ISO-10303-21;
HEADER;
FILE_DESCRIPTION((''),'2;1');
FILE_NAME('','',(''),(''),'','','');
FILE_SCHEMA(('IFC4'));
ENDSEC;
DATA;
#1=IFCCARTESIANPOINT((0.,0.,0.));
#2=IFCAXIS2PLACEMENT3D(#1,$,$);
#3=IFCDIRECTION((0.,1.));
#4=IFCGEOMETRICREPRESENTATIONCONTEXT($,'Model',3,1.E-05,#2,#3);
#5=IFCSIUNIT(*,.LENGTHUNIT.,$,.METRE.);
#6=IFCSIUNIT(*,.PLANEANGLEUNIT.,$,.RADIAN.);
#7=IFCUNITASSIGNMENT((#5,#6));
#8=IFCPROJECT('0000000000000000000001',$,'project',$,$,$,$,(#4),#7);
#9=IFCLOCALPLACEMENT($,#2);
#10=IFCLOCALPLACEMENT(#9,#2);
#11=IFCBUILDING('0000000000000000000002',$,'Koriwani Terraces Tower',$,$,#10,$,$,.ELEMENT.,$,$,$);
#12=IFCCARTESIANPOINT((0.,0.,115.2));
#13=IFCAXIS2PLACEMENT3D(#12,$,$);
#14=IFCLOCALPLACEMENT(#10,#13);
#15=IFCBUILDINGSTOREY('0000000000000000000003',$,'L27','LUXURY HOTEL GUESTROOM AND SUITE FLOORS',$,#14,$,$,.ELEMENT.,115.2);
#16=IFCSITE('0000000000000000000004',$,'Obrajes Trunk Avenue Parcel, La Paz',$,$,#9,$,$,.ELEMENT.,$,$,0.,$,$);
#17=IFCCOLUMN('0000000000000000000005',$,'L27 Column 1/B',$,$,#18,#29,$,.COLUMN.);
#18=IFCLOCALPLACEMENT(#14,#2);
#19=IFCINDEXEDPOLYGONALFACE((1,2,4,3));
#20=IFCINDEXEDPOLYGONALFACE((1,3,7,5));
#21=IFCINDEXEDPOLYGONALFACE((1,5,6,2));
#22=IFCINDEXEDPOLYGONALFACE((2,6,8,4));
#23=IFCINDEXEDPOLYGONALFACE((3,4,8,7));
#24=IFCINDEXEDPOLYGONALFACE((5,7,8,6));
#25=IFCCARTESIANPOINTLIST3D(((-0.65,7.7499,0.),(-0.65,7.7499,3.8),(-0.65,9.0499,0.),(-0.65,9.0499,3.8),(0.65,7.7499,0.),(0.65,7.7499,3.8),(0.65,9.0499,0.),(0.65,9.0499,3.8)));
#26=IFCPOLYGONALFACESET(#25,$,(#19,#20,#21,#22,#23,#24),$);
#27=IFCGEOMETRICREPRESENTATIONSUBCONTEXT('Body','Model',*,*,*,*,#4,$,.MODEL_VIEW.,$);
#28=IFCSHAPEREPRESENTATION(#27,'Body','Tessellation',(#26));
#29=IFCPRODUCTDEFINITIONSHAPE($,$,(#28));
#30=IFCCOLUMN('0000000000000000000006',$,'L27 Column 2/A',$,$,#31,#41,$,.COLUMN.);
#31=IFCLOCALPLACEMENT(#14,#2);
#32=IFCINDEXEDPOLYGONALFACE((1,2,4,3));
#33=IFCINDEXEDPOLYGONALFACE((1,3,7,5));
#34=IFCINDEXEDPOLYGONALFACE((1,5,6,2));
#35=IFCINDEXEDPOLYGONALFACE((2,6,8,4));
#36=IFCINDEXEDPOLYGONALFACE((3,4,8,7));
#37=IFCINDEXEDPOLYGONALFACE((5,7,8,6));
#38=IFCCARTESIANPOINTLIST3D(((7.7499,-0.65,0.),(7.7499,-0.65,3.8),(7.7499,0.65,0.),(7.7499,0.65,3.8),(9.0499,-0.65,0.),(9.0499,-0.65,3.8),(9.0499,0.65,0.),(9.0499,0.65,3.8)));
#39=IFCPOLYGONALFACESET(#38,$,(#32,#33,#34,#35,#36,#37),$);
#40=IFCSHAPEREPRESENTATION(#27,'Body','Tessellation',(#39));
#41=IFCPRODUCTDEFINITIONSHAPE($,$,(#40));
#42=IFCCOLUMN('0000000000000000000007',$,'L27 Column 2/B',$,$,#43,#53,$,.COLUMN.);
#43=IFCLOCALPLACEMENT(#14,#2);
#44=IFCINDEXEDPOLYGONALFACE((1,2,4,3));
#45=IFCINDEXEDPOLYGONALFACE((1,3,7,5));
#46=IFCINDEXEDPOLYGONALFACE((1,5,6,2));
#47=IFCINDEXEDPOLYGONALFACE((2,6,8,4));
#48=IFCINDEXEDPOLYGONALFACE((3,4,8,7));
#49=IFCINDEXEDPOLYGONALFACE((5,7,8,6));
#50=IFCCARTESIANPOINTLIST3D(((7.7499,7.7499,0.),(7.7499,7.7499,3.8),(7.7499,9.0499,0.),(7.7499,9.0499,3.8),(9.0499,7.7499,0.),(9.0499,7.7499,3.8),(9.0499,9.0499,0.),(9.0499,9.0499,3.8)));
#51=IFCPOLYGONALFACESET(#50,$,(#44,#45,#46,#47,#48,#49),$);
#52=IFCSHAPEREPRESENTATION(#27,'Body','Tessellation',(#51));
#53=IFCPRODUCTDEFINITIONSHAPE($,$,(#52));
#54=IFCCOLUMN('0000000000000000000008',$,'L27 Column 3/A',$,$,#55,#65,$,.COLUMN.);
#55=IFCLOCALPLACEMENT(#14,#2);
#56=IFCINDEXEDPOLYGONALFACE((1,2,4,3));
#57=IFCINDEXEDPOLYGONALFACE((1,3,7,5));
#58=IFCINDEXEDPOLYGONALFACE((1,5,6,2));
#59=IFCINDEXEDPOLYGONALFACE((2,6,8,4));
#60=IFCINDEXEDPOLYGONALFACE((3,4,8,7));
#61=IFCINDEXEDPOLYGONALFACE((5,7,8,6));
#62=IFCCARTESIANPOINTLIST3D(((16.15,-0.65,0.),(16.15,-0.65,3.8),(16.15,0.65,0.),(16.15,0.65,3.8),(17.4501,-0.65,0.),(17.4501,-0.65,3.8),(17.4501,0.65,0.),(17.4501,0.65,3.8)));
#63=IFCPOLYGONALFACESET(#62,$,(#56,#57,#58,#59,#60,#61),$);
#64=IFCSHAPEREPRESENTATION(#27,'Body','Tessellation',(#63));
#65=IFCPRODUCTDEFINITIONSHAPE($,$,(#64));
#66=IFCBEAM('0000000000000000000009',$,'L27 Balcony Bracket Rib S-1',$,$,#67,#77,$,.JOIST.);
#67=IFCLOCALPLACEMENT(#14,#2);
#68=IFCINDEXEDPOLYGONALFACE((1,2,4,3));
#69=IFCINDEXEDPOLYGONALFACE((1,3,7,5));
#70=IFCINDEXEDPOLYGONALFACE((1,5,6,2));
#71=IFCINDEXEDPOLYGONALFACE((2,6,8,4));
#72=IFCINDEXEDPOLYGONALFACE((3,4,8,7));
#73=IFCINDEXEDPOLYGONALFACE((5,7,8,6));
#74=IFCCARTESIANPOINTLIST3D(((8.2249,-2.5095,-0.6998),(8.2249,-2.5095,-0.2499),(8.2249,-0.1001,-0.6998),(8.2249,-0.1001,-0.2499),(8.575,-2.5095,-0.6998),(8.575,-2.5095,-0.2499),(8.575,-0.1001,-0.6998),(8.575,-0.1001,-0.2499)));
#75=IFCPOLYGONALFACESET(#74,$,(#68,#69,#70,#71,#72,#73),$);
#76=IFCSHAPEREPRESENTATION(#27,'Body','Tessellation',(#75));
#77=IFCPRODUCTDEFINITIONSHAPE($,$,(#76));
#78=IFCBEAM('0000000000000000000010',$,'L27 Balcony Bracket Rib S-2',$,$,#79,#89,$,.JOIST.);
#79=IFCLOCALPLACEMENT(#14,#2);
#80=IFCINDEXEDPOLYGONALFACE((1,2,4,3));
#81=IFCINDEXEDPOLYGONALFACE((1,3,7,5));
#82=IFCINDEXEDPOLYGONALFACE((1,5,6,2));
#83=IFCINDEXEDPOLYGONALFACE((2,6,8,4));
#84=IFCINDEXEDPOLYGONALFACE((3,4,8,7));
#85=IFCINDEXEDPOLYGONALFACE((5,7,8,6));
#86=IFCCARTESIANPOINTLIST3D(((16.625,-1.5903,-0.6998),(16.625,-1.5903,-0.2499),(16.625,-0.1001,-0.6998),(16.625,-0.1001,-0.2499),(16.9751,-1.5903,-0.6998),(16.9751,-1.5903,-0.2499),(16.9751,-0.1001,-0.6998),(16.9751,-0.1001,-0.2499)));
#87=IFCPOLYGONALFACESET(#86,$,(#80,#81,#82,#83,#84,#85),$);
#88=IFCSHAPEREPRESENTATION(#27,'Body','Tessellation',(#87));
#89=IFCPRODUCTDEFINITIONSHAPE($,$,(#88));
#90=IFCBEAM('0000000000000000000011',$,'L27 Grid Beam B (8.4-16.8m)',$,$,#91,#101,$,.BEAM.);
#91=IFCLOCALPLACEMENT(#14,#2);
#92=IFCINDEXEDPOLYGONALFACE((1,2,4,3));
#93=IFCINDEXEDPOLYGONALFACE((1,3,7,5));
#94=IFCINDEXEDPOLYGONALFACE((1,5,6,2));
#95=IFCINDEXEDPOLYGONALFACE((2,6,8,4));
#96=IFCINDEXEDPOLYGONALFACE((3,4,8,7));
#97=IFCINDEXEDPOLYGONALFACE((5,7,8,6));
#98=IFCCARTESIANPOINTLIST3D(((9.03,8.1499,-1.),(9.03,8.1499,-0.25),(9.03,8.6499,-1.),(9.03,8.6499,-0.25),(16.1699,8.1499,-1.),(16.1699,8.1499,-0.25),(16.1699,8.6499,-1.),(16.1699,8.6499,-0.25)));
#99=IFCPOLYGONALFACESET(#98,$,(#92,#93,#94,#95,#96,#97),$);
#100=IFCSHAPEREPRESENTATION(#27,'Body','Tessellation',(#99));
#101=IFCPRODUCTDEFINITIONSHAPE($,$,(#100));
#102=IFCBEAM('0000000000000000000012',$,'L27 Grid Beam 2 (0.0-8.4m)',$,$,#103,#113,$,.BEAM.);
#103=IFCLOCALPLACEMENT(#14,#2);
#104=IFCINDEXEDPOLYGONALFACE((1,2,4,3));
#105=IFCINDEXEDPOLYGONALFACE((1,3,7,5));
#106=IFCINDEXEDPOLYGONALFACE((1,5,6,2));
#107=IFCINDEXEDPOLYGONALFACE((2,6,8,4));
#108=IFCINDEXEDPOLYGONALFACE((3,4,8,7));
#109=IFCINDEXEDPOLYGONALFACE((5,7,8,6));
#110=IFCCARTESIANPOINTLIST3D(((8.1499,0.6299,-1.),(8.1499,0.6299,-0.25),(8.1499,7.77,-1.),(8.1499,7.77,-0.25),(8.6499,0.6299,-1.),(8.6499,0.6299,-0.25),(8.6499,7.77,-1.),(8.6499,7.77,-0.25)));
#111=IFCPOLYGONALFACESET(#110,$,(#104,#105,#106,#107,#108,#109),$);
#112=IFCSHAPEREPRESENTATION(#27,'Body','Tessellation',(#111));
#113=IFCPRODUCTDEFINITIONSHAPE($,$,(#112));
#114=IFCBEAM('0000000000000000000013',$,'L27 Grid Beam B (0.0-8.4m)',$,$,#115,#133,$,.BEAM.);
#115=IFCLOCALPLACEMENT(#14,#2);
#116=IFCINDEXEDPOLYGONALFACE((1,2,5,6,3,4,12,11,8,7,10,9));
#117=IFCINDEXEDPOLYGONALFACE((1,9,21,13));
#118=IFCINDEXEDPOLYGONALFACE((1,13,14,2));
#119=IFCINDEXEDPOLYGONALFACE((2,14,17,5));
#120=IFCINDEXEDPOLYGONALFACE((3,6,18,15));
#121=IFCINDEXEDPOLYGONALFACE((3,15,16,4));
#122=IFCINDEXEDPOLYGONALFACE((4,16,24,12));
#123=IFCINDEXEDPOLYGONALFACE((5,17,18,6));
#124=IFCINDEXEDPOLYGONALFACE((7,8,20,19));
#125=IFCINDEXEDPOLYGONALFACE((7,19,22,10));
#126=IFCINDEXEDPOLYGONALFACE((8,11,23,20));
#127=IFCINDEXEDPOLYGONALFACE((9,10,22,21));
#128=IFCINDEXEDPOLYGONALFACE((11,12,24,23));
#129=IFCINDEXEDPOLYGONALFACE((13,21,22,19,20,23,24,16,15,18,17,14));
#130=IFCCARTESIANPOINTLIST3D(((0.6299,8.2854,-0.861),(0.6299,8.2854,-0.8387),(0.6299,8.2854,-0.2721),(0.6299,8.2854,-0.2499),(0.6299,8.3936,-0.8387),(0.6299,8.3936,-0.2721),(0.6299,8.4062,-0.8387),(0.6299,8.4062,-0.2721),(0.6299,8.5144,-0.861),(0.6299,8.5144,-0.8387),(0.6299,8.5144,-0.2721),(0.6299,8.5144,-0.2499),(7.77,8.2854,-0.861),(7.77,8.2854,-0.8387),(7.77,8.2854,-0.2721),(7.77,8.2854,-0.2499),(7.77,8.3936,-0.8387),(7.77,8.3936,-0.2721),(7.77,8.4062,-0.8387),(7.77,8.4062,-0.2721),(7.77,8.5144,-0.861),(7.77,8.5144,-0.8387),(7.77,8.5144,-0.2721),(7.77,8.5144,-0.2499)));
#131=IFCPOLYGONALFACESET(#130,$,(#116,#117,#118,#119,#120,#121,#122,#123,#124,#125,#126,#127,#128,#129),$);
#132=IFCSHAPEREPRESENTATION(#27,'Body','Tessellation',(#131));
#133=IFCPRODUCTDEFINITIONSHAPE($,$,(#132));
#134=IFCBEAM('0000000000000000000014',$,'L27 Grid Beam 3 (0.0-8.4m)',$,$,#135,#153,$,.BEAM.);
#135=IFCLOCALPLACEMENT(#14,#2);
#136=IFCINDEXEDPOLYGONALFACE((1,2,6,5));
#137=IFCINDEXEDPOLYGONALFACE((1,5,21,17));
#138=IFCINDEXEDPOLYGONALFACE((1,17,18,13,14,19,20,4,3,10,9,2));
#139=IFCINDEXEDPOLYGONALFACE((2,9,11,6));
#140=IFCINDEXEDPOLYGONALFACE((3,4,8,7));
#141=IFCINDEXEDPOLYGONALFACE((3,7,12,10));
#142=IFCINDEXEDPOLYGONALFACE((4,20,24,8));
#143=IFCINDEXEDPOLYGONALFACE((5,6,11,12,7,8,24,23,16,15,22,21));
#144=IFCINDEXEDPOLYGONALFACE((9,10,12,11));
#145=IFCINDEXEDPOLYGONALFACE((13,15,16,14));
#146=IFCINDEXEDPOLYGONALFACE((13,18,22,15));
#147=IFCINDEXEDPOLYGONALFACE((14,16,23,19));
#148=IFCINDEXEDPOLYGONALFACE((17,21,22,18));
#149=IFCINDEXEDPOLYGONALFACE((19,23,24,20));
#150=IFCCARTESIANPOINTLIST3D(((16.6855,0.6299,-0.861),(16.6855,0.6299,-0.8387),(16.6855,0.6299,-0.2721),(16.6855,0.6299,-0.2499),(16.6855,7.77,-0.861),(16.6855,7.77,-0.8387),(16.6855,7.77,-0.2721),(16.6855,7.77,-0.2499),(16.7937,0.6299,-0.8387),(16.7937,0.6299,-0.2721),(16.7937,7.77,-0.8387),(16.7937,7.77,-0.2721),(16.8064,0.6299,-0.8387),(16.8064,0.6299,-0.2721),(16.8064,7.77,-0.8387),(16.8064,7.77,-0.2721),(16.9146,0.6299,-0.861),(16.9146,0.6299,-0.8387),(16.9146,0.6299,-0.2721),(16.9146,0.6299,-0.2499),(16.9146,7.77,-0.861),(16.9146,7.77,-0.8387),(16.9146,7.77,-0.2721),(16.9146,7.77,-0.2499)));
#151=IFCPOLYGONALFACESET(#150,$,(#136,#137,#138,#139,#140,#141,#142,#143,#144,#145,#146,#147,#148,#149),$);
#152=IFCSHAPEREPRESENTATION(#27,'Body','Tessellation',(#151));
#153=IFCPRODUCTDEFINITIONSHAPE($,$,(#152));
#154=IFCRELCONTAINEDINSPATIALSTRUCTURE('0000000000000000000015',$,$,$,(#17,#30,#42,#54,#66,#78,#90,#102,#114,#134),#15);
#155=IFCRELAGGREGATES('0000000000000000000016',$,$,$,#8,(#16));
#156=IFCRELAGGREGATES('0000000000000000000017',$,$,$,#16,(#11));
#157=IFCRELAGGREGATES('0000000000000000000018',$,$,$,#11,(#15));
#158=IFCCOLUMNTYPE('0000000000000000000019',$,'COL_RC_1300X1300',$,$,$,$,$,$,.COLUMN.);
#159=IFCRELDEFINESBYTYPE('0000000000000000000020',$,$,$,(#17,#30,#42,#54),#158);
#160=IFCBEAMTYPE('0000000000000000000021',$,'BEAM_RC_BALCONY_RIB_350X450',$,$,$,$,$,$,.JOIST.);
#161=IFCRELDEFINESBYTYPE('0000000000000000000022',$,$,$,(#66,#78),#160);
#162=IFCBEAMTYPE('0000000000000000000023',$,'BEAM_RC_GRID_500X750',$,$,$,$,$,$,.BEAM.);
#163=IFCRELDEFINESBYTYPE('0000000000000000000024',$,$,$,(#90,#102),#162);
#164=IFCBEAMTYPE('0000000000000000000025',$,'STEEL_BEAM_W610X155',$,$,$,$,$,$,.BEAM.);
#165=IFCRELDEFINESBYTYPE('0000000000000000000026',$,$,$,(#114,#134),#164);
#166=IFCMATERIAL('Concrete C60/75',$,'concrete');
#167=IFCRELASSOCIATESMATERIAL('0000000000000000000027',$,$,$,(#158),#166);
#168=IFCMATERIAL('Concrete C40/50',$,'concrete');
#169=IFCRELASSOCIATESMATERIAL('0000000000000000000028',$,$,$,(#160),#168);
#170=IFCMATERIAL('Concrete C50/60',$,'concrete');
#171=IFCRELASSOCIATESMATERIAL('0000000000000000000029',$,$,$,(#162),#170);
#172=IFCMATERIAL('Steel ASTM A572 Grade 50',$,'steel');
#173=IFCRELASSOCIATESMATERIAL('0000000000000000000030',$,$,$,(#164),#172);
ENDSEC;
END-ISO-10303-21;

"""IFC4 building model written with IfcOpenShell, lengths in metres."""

from ifc_helpers import new_model, si_unit, direction, frame, origin, origin_2d, place, context, subcontext, project, spatial, rectangle, i_section, extrude, material, material_profile, profile_set, type_object, element, save


model = new_model("IFC4")

# Units and contexts
model_context = context("Model", 3, precision=1e-05, world=origin(), true_north=direction((0.0, 1.0)))
body_context = subcontext(model_context, "Body", "Model", "MODEL_VIEW")
ifc_project = project(units=[si_unit("LENGTHUNIT", "METRE"), si_unit("PLANEANGLEUNIT", "RADIAN")], contexts=[model_context])

# Site, building, storey
site_placement = place(None, origin())
site = spatial("IfcSite", under=ifc_project, at=site_placement, Name="Obrajes Trunk Avenue Parcel, La Paz", CompositionType="ELEMENT", RefElevation=0.0)
building_placement = place(site_placement, origin())
building = spatial("IfcBuilding", under=site, at=building_placement, Name="Koriwani Terraces Tower", CompositionType="ELEMENT")
storey_placement = place(building_placement, frame((0.0, 0.0, 115.2)))
storey = spatial("IfcBuildingStorey", under=building, at=storey_placement, Name="L27", Description="LUXURY HOTEL GUESTROOM AND SUITE FLOORS", CompositionType="ELEMENT", Elevation=115.2)

# Columns
ifc_material_1 = material(Name="Concrete C60/75", Category="concrete")
ifc_material_profile_1 = material_profile(ifc_material_1, rectangle(XDim=1.3, YDim=1.3, at=origin_2d()), Name="Concrete C60/75", Category="LoadBearing")
ifc_profile_set_1 = profile_set([ifc_material_profile_1], Name="Concrete C60/75")
column_type = type_object("IfcColumnType", Name="COL_RC_1300X1300", PredefinedType="COLUMN", material=ifc_profile_set_1)
for number, where, z_axis, x_axis, name in (
    (1, (0.0, 8.3999, 0.0), (0.0, 0.0, 1.0), (1.0, 0.0, 0.0), "L27 Column 1/B"),
    (2, (8.3999, 0.0, 0.0), (0.0, 0.0, 1.0), (1.0, 0.0, 0.0), "L27 Column 2/A"),
    (3, (8.3999, 8.3999, 0.0), (0.0, 0.0, 1.0), (1.0, 0.0, 0.0), "L27 Column 2/B"),
    (4, (16.8, 0.0, 0.0), (0.0, 0.0, 1.0), (1.0, 0.0, 0.0), "L27 Column 3/A"),
):
    element("IfcColumn", number, at=place(storey_placement, frame(where, z_axis=z_axis, x_axis=x_axis)), inside=storey, type_object=column_type, Name=name, PredefinedType="COLUMN", context=body_context, shape_type="SweptSolid", body=[
        extrude(rectangle(XDim=1.3, YDim=1.3, at=origin_2d()), origin(), (0.0, 0.0, 1.0), 3.8),
    ])

# Beams
ifc_material_2 = material(Name="Concrete C40/50", Category="concrete")
ifc_material_profile_2 = material_profile(ifc_material_2, rectangle(XDim=0.3501, YDim=0.45, at=origin_2d()), Name="Concrete C40/50", Category="LoadBearing")
ifc_profile_set_2 = profile_set([ifc_material_profile_2], Name="Concrete C40/50")
beam_type_1 = type_object("IfcBeamType", Name="BEAM_RC_BALCONY_RIB_350X450", PredefinedType="JOIST", material=ifc_profile_set_2)
beam_1_placement = place(storey_placement, frame((8.3999, -2.5095, -0.4749), z_axis=(0.0, 1.0, 0.0), x_axis=(-1.0, 0.0, 0.0)))
element("IfcBeam", 5, at=beam_1_placement, inside=storey, type_object=beam_type_1, Name="L27 Balcony Bracket Rib S-1", PredefinedType="JOIST", context=body_context, shape_type="SweptSolid", body=[
    extrude(rectangle(XDim=0.3501, YDim=0.45, at=origin_2d()), origin(), (0.0, 0.0, 1.0), 2.4094),
])
beam_2_placement = place(storey_placement, frame((16.8, -1.5903, -0.4749), z_axis=(0.0, 1.0, 0.0), x_axis=(-1.0, 0.0, 0.0)))
element("IfcBeam", 6, at=beam_2_placement, inside=storey, type_object=beam_type_1, Name="L27 Balcony Bracket Rib S-2", PredefinedType="JOIST", context=body_context, shape_type="SweptSolid", body=[
    extrude(rectangle(XDim=0.3501, YDim=0.45, at=origin_2d()), origin(), (0.0, 0.0, 1.0), 1.4902),
])
ifc_material_3 = material(Name="Concrete C50/60", Category="concrete")
ifc_material_profile_3 = material_profile(ifc_material_3, rectangle(XDim=0.5, YDim=0.75, at=origin_2d()), Name="Concrete C50/60", Category="LoadBearing")
ifc_profile_set_3 = profile_set([ifc_material_profile_3], Name="Concrete C50/60")
beam_type_2 = type_object("IfcBeamType", Name="BEAM_RC_GRID_500X750", PredefinedType="BEAM", material=ifc_profile_set_3)
beam_3_placement = place(storey_placement, frame((9.03, 8.3999, -0.625), z_axis=(1.0, 0.0, 0.0), x_axis=(0.0, 1.0, 0.0)))
element("IfcBeam", 7, at=beam_3_placement, inside=storey, type_object=beam_type_2, Name="L27 Grid Beam B (8.4-16.8m)", PredefinedType="BEAM", context=body_context, shape_type="SweptSolid", body=[
    extrude(rectangle(XDim=0.5, YDim=0.75, at=origin_2d()), origin(), (0.0, 0.0, 1.0), 7.1399),
])
beam_4_placement = place(storey_placement, frame((8.3999, 0.6299, -0.625), z_axis=(0.0, 1.0, 0.0), x_axis=(-1.0, 0.0, 0.0)))
element("IfcBeam", 8, at=beam_4_placement, inside=storey, type_object=beam_type_2, Name="L27 Grid Beam 2 (0.0-8.4m)", PredefinedType="BEAM", context=body_context, shape_type="SweptSolid", body=[
    extrude(rectangle(XDim=0.5, YDim=0.75, at=origin_2d()), origin(), (0.0, 0.0, 1.0), 7.1401),
])
ifc_material_4 = material(Name="Steel ASTM A572 Grade 50", Category="steel")
ifc_material_profile_4 = material_profile(ifc_material_4, i_section(OverallWidth=0.229, OverallDepth=0.6111, WebThickness=0.0127, FlangeThickness=0.0222, at=origin_2d()), Name="Steel ASTM A572 Grade 50", Category="LoadBearing")
ifc_profile_set_4 = profile_set([ifc_material_profile_4], Name="Steel ASTM A572 Grade 50")
beam_type_3 = type_object("IfcBeamType", Name="STEEL_BEAM_W610X155", PredefinedType="BEAM", material=ifc_profile_set_4)
for number, where, z_axis, x_axis, name in (
    (9, (0.6299, 8.3999, -0.5554), (1.0, 0.0, 0.0), (0.0, 1.0, 0.0), "L27 Grid Beam B (0.0-8.4m)"),
    (10, (16.8, 0.6299, -0.5554), (0.0, 1.0, 0.0), (-1.0, 0.0, 0.0), "L27 Grid Beam 3 (0.0-8.4m)"),
):
    element("IfcBeam", number, at=place(storey_placement, frame(where, z_axis=z_axis, x_axis=x_axis)), inside=storey, type_object=beam_type_3, Name=name, PredefinedType="BEAM", context=body_context, shape_type="SweptSolid", body=[
        extrude(i_section(OverallWidth=0.229, OverallDepth=0.6111, WebThickness=0.0127, FlangeThickness=0.0222, at=origin_2d()), origin(), (0.0, 0.0, 1.0), 7.1401),
    ])

save(model, "model.ifc")
